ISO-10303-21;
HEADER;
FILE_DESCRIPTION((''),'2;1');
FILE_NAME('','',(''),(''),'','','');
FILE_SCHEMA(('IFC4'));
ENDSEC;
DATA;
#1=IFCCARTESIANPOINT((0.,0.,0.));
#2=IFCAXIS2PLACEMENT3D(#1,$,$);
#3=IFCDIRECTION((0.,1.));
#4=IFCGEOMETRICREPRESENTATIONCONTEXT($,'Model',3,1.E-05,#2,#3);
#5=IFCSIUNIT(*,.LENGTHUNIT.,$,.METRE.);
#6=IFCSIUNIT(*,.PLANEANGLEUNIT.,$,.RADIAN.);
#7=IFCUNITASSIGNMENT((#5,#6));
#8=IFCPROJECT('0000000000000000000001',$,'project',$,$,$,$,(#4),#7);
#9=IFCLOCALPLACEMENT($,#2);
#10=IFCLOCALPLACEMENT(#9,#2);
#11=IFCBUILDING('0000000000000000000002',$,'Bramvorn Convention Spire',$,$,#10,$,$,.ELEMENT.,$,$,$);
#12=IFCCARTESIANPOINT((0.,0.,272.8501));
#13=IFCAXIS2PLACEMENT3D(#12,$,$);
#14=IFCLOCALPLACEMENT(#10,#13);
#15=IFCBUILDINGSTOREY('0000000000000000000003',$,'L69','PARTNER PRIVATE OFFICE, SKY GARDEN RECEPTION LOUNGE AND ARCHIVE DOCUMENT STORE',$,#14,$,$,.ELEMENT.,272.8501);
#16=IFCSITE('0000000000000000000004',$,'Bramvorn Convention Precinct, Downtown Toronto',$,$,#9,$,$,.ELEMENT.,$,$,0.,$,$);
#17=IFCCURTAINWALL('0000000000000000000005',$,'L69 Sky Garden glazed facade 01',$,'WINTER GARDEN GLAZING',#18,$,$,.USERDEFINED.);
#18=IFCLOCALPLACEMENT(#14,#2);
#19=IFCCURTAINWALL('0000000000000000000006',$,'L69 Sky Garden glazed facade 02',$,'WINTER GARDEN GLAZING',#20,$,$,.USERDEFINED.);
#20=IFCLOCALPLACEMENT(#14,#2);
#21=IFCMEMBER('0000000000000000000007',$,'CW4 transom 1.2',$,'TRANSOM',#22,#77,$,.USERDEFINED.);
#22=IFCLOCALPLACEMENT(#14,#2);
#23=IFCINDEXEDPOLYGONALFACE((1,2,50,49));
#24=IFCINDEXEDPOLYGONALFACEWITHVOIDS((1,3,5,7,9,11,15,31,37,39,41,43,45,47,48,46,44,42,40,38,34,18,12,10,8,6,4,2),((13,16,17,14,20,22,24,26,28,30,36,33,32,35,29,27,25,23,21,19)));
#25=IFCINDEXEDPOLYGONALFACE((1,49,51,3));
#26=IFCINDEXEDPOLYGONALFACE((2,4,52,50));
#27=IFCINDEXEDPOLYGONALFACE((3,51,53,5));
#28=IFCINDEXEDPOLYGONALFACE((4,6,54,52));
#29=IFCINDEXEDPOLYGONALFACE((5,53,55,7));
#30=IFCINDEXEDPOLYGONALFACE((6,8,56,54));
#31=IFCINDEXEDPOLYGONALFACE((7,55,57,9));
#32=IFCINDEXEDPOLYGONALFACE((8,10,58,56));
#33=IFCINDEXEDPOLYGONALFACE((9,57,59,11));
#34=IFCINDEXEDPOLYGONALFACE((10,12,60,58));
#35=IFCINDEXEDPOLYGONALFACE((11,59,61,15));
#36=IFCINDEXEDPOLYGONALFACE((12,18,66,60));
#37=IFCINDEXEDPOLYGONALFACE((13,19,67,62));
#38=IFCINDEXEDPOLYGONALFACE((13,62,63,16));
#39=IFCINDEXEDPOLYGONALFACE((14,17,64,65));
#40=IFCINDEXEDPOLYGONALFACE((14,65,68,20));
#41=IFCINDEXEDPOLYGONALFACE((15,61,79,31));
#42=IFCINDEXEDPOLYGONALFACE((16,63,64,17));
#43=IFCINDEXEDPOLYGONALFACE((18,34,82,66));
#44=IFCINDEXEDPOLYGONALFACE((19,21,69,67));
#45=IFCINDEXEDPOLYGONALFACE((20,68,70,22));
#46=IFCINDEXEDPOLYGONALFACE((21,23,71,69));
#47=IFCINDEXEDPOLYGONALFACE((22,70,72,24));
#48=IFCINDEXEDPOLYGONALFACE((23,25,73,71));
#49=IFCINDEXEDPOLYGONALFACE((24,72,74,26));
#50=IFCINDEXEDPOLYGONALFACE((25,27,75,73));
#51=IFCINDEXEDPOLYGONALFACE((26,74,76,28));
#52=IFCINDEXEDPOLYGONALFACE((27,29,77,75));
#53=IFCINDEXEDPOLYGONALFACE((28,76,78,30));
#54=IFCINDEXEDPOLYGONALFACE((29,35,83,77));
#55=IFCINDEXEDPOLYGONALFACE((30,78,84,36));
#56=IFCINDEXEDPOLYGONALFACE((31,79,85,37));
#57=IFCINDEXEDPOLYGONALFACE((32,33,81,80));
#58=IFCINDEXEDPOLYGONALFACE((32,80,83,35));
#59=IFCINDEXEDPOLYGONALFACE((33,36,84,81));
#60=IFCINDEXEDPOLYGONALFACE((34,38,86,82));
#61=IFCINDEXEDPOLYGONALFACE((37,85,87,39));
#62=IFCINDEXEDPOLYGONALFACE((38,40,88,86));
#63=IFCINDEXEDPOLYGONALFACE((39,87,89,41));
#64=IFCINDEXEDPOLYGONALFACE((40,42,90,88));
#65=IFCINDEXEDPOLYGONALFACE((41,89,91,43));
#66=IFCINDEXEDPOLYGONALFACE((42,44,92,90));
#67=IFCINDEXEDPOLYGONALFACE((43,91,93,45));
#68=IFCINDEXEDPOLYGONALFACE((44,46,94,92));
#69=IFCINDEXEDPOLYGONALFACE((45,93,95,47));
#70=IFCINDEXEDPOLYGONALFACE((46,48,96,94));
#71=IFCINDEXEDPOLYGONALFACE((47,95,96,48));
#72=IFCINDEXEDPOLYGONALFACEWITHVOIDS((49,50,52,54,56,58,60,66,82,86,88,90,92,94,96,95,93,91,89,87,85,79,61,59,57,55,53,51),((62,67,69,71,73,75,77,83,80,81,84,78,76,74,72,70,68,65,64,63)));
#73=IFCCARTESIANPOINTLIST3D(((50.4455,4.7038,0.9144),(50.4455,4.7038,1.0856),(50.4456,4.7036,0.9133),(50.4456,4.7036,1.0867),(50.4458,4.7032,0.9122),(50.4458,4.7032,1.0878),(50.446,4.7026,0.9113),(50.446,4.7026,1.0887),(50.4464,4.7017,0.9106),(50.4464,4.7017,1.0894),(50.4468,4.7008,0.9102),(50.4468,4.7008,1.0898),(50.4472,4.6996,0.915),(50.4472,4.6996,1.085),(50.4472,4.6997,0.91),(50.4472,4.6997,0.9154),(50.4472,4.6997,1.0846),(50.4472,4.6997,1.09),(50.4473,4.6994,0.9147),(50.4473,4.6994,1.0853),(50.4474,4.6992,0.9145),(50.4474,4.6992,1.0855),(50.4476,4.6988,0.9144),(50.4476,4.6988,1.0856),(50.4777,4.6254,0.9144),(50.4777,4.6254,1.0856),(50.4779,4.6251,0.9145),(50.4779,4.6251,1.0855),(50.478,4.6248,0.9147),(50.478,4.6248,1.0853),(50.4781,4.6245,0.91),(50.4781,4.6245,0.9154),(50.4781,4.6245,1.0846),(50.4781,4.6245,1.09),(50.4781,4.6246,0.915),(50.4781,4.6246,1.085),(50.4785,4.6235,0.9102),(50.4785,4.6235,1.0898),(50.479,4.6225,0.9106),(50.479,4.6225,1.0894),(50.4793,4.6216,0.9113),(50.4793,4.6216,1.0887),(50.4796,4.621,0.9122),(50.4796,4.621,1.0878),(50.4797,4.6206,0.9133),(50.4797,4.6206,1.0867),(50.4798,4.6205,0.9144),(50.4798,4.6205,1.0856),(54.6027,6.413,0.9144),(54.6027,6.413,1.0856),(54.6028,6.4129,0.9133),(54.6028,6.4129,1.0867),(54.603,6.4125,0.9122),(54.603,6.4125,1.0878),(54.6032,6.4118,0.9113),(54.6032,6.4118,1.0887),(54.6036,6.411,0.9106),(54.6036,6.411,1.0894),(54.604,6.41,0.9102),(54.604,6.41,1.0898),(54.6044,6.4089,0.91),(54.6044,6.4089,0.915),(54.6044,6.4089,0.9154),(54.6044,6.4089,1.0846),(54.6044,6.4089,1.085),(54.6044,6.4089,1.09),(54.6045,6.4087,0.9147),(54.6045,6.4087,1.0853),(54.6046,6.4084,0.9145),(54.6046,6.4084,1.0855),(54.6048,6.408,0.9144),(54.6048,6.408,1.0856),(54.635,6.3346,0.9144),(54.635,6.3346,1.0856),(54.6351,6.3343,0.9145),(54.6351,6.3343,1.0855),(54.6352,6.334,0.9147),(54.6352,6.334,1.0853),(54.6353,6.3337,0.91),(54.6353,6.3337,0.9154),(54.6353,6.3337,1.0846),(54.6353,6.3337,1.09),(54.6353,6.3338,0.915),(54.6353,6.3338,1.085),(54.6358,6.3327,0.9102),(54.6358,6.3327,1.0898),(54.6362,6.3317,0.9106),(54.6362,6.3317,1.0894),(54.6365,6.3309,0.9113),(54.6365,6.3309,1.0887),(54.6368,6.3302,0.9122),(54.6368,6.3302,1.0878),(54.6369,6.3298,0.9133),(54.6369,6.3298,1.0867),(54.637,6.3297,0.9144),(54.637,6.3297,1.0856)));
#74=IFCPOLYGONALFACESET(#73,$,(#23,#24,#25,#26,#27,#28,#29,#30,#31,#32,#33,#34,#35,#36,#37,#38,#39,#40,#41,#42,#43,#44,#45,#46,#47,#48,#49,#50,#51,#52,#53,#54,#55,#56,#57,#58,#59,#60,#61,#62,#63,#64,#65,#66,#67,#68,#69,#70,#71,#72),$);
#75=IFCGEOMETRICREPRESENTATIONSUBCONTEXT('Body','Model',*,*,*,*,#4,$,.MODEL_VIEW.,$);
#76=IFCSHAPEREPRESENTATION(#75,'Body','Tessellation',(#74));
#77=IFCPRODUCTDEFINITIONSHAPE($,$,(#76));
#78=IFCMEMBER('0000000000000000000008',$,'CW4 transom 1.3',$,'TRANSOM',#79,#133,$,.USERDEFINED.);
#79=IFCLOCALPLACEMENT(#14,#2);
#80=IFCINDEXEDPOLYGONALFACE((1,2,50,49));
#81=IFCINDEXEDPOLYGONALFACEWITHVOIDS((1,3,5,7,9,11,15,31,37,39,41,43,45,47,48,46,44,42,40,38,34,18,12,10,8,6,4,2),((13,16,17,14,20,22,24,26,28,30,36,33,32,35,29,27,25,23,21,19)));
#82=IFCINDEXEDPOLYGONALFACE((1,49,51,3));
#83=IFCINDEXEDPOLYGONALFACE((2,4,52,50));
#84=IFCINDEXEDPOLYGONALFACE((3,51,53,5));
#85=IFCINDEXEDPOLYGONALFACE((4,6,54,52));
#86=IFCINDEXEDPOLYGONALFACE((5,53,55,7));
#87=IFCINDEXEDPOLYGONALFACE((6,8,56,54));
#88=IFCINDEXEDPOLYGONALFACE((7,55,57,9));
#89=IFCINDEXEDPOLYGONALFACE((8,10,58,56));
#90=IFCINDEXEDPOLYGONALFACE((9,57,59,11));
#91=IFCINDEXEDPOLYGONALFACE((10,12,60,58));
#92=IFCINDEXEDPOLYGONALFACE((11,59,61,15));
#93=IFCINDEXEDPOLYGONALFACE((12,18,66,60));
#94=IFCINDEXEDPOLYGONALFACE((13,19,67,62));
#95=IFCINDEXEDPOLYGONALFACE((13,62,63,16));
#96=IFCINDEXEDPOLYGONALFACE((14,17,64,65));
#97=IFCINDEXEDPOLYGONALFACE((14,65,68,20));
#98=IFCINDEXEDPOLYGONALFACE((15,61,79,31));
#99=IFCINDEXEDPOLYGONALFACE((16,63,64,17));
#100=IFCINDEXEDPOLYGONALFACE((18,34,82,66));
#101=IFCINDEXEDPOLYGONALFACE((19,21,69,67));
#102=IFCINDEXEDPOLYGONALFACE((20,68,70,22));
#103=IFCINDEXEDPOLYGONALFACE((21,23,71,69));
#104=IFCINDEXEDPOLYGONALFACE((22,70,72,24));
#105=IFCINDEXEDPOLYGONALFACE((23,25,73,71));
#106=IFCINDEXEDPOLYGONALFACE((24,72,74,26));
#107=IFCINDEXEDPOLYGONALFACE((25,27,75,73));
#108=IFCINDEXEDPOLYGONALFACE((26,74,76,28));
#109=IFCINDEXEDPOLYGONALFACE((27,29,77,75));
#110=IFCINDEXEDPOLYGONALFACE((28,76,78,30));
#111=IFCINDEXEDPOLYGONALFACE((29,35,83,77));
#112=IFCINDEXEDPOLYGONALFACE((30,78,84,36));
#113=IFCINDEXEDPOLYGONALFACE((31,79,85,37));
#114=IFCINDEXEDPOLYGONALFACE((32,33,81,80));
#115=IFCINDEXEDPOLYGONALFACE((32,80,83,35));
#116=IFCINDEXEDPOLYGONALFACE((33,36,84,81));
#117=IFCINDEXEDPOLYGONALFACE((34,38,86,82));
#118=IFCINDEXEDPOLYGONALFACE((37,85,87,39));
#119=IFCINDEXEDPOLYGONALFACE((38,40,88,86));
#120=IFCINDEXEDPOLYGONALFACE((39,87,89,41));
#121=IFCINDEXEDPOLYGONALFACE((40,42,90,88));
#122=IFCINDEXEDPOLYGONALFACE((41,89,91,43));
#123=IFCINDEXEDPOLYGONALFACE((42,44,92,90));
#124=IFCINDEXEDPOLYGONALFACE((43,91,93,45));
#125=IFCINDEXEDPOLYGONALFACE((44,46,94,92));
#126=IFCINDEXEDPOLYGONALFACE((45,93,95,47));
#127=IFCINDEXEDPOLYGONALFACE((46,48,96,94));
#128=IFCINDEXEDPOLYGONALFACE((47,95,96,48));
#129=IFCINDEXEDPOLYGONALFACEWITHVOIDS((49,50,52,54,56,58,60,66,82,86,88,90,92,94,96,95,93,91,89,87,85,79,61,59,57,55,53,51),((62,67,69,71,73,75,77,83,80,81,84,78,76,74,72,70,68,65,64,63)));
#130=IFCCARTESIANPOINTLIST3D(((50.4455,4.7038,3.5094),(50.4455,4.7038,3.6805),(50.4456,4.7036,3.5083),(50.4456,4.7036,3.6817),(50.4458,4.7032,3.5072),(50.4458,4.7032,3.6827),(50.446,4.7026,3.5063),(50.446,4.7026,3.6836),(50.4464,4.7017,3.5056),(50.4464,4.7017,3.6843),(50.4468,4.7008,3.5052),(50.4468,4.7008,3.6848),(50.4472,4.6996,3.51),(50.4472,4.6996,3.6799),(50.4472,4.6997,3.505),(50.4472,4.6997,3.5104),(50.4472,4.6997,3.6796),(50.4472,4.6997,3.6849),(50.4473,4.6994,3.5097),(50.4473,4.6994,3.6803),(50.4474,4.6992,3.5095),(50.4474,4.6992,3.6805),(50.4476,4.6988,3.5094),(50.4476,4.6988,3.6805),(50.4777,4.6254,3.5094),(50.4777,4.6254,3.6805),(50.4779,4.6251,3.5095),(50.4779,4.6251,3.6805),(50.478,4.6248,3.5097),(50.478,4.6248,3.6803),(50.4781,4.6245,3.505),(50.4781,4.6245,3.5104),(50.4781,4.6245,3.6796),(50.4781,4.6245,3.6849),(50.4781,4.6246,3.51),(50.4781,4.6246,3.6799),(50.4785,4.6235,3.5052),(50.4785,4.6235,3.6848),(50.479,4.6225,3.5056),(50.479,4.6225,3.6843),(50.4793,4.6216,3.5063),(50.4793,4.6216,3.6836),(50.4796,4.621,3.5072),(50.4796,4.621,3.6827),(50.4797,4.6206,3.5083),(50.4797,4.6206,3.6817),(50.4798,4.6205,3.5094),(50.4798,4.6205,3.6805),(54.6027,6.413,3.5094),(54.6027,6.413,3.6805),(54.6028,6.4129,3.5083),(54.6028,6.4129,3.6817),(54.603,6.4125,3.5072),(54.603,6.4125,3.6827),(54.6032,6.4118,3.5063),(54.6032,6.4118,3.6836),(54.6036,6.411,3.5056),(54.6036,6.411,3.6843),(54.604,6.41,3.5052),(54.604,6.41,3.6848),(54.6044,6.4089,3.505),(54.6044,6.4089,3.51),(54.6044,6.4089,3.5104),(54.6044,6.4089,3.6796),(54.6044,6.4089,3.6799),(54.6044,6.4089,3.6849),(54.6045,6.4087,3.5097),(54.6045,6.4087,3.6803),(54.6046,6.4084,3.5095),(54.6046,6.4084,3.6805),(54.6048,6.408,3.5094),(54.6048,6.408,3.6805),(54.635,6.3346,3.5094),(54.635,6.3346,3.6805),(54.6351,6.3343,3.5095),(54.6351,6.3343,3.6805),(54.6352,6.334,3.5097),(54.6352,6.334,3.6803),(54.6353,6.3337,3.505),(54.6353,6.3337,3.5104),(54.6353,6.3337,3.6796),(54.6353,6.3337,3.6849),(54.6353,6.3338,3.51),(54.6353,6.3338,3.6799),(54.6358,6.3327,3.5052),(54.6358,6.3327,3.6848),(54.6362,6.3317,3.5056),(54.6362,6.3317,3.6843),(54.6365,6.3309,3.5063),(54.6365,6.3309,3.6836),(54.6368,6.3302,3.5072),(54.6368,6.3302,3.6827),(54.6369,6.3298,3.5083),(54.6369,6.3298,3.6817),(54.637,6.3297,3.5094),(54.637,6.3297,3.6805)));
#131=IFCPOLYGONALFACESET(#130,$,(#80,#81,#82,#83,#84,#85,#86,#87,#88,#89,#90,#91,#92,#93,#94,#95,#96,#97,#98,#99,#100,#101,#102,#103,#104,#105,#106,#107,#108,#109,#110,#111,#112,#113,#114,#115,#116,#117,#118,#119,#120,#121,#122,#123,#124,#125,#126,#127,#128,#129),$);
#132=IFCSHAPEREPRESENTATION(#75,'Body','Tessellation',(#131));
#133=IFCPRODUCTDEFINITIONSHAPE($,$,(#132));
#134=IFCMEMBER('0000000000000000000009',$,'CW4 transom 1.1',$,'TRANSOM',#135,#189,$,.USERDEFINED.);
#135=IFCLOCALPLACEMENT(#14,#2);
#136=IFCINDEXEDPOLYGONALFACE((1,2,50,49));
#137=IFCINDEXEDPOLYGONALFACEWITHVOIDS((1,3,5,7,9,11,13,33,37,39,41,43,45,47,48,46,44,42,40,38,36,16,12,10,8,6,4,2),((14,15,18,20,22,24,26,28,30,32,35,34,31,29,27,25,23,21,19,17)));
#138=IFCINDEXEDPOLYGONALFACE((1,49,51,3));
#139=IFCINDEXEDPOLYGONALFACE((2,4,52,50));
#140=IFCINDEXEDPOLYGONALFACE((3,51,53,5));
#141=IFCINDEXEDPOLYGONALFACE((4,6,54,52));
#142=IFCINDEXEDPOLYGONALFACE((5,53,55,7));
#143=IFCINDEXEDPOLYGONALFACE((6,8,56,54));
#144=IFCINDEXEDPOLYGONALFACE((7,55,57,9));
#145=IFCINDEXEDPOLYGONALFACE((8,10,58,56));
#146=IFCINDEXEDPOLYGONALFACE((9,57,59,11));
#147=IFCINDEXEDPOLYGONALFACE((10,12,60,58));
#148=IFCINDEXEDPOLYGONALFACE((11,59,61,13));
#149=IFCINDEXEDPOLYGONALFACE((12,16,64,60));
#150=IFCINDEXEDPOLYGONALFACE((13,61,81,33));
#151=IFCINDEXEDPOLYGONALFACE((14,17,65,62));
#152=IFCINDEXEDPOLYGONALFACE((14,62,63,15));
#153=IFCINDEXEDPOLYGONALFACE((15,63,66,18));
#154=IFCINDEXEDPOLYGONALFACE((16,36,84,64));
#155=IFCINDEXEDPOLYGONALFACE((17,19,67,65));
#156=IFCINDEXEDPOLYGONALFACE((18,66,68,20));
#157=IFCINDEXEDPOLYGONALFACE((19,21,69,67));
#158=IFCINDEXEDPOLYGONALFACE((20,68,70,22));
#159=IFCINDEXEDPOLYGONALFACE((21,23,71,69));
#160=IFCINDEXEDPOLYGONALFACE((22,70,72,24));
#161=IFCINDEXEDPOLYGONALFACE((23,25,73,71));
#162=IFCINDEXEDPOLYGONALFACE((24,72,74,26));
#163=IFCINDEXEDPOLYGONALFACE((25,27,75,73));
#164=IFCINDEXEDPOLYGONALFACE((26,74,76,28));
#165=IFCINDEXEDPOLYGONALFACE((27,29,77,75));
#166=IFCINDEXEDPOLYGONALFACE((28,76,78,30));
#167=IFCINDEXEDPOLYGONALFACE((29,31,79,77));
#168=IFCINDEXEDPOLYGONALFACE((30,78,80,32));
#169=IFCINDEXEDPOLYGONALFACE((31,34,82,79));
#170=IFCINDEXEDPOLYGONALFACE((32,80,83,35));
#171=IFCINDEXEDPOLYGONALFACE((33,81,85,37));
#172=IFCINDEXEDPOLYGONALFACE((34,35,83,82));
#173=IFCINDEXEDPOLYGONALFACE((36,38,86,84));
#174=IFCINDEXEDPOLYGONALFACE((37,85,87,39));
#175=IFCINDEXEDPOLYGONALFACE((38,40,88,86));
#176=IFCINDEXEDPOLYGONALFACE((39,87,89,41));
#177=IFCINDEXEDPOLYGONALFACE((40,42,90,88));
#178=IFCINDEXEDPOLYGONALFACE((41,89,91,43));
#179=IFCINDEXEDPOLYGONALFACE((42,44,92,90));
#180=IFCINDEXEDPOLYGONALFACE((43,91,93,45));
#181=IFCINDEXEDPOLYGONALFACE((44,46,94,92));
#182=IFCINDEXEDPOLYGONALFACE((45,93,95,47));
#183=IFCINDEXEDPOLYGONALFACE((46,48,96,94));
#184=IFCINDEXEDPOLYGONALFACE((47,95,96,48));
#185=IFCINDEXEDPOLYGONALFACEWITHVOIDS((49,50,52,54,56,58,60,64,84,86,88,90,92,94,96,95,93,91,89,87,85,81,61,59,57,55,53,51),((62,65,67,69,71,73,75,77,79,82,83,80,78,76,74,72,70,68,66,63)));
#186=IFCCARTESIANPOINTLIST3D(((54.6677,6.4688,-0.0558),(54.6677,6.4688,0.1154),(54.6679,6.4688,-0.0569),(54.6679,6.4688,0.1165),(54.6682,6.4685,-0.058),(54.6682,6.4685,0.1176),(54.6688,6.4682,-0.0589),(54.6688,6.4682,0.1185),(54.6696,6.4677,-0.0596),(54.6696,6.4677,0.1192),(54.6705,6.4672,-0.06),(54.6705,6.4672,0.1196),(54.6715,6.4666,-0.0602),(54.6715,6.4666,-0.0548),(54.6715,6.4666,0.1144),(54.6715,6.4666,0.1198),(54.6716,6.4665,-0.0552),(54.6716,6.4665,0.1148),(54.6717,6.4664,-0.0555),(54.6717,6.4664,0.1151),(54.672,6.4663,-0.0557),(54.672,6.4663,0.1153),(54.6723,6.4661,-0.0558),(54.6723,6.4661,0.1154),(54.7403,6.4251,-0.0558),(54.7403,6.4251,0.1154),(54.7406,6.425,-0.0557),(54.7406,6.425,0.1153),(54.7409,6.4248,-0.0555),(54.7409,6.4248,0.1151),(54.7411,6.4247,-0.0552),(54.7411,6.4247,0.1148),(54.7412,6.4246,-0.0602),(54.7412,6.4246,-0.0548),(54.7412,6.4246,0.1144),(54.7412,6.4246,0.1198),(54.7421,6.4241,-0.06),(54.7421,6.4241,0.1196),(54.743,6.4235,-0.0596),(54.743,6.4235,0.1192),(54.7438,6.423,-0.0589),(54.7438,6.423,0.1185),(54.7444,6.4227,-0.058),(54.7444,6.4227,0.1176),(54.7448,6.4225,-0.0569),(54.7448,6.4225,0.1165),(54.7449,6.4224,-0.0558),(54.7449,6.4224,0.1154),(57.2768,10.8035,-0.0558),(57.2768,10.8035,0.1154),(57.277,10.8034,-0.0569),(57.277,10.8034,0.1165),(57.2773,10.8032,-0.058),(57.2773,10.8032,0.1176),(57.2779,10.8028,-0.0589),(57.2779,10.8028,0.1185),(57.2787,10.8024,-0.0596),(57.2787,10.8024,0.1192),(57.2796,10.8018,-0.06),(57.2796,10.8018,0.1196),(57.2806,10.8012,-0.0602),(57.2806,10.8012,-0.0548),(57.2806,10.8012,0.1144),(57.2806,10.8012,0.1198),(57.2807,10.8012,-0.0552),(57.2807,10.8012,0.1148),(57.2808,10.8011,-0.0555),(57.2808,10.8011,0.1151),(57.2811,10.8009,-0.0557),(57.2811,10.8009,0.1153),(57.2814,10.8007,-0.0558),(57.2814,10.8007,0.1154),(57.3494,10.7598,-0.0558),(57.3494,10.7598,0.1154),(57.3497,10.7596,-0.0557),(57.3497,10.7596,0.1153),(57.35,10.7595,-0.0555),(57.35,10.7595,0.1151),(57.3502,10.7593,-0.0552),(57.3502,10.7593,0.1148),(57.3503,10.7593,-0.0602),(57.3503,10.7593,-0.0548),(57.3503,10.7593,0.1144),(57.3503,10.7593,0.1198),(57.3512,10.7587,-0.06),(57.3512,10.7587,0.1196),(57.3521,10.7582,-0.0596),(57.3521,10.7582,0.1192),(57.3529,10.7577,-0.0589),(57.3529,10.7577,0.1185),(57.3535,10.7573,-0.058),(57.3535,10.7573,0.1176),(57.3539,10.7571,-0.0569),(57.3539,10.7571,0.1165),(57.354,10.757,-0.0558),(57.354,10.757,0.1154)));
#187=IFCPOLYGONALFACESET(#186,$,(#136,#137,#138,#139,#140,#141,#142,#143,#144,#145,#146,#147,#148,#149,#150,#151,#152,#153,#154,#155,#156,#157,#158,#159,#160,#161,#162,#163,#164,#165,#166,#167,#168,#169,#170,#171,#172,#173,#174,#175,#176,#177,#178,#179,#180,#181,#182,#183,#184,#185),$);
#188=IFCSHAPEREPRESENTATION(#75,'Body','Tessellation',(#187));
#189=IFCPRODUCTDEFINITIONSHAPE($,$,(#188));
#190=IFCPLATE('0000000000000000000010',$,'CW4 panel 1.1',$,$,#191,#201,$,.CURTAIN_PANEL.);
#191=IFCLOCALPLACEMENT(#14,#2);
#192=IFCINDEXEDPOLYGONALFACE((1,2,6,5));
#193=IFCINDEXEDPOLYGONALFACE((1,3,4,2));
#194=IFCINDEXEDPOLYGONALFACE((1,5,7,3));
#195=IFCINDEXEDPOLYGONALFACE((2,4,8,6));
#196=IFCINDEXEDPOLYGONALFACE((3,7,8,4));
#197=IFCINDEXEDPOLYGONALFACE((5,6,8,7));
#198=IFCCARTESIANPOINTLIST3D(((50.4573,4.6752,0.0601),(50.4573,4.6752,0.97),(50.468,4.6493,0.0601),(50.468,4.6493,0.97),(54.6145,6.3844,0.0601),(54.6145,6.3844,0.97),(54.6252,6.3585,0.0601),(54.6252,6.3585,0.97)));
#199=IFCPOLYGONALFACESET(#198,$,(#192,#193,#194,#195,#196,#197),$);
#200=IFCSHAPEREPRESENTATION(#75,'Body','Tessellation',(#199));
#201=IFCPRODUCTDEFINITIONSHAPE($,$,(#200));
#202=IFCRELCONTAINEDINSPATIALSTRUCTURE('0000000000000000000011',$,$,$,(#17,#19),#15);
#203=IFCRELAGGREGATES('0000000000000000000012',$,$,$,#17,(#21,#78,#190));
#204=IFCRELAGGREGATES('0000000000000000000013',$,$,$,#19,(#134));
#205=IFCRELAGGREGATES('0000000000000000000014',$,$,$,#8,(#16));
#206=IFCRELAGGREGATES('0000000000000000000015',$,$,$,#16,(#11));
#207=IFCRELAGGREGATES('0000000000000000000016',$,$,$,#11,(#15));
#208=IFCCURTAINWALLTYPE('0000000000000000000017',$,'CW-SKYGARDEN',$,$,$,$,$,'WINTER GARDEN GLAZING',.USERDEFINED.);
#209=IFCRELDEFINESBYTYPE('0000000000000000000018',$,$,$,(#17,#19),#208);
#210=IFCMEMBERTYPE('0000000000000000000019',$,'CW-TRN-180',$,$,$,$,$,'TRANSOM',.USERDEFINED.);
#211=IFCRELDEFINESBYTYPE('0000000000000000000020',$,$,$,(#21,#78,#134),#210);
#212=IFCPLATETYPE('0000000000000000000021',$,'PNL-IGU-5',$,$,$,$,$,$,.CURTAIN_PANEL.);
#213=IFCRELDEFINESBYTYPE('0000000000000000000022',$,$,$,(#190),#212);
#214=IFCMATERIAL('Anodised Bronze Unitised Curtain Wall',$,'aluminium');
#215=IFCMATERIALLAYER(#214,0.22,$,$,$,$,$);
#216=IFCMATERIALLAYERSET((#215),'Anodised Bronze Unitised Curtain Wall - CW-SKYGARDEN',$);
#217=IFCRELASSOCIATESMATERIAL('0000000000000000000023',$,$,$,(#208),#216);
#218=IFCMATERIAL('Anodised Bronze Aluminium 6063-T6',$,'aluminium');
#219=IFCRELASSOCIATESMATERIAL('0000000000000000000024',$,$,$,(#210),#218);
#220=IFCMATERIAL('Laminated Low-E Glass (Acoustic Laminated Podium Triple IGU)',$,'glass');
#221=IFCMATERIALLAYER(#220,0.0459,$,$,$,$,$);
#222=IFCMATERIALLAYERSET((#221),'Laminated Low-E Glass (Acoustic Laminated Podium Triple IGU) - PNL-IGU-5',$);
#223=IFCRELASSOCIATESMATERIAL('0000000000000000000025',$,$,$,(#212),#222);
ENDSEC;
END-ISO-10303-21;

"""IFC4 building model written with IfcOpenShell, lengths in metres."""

from ifc_helpers import new_model, si_unit, direction, frame, origin, origin_2d, place, context, subcontext, project, spatial, rectangle, hollow_rectangle, extrude, material, layer, layer_set, material_profile, profile_set, type_object, element, aggregate, save


model = new_model("IFC4")

# Units and contexts
model_context = context("Model", 3, precision=1e-05, world=origin(), true_north=direction((0.0, 1.0)))
body_context = subcontext(model_context, "Body", "Model", "MODEL_VIEW")
ifc_project = project(units=[si_unit("LENGTHUNIT", "METRE"), si_unit("PLANEANGLEUNIT", "RADIAN")], contexts=[model_context])

# Site, building, storey
site_placement = place(None, origin())
site = spatial("IfcSite", under=ifc_project, at=site_placement, Name="Bramvorn Convention Precinct, Downtown Toronto", CompositionType="ELEMENT", RefElevation=0.0)
building_placement = place(site_placement, origin())
building = spatial("IfcBuilding", under=site, at=building_placement, Name="Bramvorn Convention Spire", CompositionType="ELEMENT")
storey_placement = place(building_placement, frame((0.0, 0.0, 272.8501)))
storey = spatial("IfcBuildingStorey", under=building, at=storey_placement, Name="L69", Description="PARTNER PRIVATE OFFICE, SKY GARDEN RECEPTION LOUNGE AND ARCHIVE DOCUMENT STORE", CompositionType="ELEMENT", Elevation=272.8501)

# Curtain wall
ifc_material_1 = material(Name="Anodised Bronze Unitised Curtain Wall", Category="aluminium")
ifc_layer_1 = layer(ifc_material_1, 0.22)
ifc_layer_set_1 = layer_set([ifc_layer_1], Name="Anodised Bronze Unitised Curtain Wall - CW-SKYGARDEN")
curtain_wall_type = type_object("IfcCurtainWallType", Name="CW-SKYGARDEN", ElementType="WINTER GARDEN GLAZING", PredefinedType="USERDEFINED", material=ifc_layer_set_1)
curtain_wall_1_placement = place(storey_placement, origin())
curtain_wall_1 = element("IfcCurtainWall", 1, at=curtain_wall_1_placement, inside=storey, type_object=curtain_wall_type, Name="L69 Sky Garden glazed facade 01", ObjectType="WINTER GARDEN GLAZING", PredefinedType="USERDEFINED")
ifc_material_2 = material(Name="Anodised Bronze Aluminium 6063-T6", Category="aluminium")

# Curtain wall
curtain_wall_2_placement = place(storey_placement, origin())
curtain_wall_2 = element("IfcCurtainWall", 2, at=curtain_wall_2_placement, inside=storey, type_object=curtain_wall_type, Name="L69 Sky Garden glazed facade 02", ObjectType="WINTER GARDEN GLAZING", PredefinedType="USERDEFINED")

# Members
ifc_material_profile_1 = material_profile(ifc_material_2, hollow_rectangle(XDim=0.0901, YDim=0.1799, WallThickness=0.0044, InnerFilletRadius=0.001, OuterFilletRadius=0.0044, at=origin_2d()))
ifc_profile_set_1 = profile_set([ifc_material_profile_1], Name="Anodised Bronze Aluminium 6063-T6 - CWT90X180")
member_type_1 = type_object("IfcMemberType", Name="CW-TRN-180", ElementType="TRANSOM", PredefinedType="USERDEFINED", material=ifc_profile_set_1)
member_1_placement = place(storey_placement, frame((54.6199, 6.3713, 1.0), z_axis=(-0.924879, -0.380261, 0.0), x_axis=(0.380261, -0.924879, 0.0)))
member_1 = element("IfcMember", 3, at=member_1_placement, type_object=member_type_1, Name="CW4 transom 1.2", ObjectType="TRANSOM", PredefinedType="USERDEFINED", context=body_context, shape_type="SweptSolid", body=[
    extrude(hollow_rectangle(XDim=0.0901, YDim=0.1799, WallThickness=0.0044, InnerFilletRadius=0.001, OuterFilletRadius=0.0044, at=origin_2d()), origin(), (0.0, 0.0, 1.0), 4.4949),
])
member_2_placement = place(storey_placement, frame((54.6199, 6.3713, 3.595), z_axis=(-0.924879, -0.380261, 0.0), x_axis=(0.380261, -0.924879, 0.0)))
member_2 = element("IfcMember", 4, at=member_2_placement, type_object=member_type_1, Name="CW4 transom 1.3", ObjectType="TRANSOM", PredefinedType="USERDEFINED", context=body_context, shape_type="SweptSolid", body=[
    extrude(hollow_rectangle(XDim=0.0901, YDim=0.1799, WallThickness=0.0044, InnerFilletRadius=0.001, OuterFilletRadius=0.0044, at=origin_2d()), origin(), (0.0, 0.0, 1.0), 4.4949),
])
member_3_placement = place(storey_placement, frame((57.3154, 10.7803, 0.0298), z_axis=(-0.515702, -0.856768, 0.0), x_axis=(0.856768, -0.515702, 0.0)))
member_3 = element("IfcMember", 5, at=member_3_placement, type_object=member_type_1, Name="CW4 transom 1.1", ObjectType="TRANSOM", PredefinedType="USERDEFINED", context=body_context, shape_type="SweptSolid", body=[
    extrude(hollow_rectangle(XDim=0.0901, YDim=0.1799, WallThickness=0.0044, InnerFilletRadius=0.001, OuterFilletRadius=0.0044, at=origin_2d()), origin(), (0.0, 0.0, 1.0), 5.0593),
])

# Plate
ifc_material_3 = material(Name="Laminated Low-E Glass (Acoustic Laminated Podium Triple IGU)", Category="glass")
ifc_layer_2 = layer(ifc_material_3, 0.0459)
ifc_layer_set_2 = layer_set([ifc_layer_2], Name="Laminated Low-E Glass (Acoustic Laminated Podium Triple IGU) - PNL-IGU-5")
plate_type = type_object("IfcPlateType", Name="PNL-IGU-5", PredefinedType="CURTAIN_PANEL", material=ifc_layer_set_2)
plate_1_placement = place(storey_placement, frame((52.5413, 5.5168, 0.0601), z_axis=(0.0, 0.0, 1.0), x_axis=(-0.92488, -0.380258, 0.0)))
plate_1 = element("IfcPlate", 6, at=plate_1_placement, type_object=plate_type, Name="CW4 panel 1.1", PredefinedType="CURTAIN_PANEL", context=body_context, shape_type="SweptSolid", body=[
    extrude(rectangle(XDim=4.4949, YDim=0.0281, at=origin_2d()), origin(), (0.0, 0.0, 1.0), 0.9099),
])
aggregate(curtain_wall_1, [member_1, member_2, plate_1])
aggregate(curtain_wall_2, [member_3])

save(model, "model.ifc")
